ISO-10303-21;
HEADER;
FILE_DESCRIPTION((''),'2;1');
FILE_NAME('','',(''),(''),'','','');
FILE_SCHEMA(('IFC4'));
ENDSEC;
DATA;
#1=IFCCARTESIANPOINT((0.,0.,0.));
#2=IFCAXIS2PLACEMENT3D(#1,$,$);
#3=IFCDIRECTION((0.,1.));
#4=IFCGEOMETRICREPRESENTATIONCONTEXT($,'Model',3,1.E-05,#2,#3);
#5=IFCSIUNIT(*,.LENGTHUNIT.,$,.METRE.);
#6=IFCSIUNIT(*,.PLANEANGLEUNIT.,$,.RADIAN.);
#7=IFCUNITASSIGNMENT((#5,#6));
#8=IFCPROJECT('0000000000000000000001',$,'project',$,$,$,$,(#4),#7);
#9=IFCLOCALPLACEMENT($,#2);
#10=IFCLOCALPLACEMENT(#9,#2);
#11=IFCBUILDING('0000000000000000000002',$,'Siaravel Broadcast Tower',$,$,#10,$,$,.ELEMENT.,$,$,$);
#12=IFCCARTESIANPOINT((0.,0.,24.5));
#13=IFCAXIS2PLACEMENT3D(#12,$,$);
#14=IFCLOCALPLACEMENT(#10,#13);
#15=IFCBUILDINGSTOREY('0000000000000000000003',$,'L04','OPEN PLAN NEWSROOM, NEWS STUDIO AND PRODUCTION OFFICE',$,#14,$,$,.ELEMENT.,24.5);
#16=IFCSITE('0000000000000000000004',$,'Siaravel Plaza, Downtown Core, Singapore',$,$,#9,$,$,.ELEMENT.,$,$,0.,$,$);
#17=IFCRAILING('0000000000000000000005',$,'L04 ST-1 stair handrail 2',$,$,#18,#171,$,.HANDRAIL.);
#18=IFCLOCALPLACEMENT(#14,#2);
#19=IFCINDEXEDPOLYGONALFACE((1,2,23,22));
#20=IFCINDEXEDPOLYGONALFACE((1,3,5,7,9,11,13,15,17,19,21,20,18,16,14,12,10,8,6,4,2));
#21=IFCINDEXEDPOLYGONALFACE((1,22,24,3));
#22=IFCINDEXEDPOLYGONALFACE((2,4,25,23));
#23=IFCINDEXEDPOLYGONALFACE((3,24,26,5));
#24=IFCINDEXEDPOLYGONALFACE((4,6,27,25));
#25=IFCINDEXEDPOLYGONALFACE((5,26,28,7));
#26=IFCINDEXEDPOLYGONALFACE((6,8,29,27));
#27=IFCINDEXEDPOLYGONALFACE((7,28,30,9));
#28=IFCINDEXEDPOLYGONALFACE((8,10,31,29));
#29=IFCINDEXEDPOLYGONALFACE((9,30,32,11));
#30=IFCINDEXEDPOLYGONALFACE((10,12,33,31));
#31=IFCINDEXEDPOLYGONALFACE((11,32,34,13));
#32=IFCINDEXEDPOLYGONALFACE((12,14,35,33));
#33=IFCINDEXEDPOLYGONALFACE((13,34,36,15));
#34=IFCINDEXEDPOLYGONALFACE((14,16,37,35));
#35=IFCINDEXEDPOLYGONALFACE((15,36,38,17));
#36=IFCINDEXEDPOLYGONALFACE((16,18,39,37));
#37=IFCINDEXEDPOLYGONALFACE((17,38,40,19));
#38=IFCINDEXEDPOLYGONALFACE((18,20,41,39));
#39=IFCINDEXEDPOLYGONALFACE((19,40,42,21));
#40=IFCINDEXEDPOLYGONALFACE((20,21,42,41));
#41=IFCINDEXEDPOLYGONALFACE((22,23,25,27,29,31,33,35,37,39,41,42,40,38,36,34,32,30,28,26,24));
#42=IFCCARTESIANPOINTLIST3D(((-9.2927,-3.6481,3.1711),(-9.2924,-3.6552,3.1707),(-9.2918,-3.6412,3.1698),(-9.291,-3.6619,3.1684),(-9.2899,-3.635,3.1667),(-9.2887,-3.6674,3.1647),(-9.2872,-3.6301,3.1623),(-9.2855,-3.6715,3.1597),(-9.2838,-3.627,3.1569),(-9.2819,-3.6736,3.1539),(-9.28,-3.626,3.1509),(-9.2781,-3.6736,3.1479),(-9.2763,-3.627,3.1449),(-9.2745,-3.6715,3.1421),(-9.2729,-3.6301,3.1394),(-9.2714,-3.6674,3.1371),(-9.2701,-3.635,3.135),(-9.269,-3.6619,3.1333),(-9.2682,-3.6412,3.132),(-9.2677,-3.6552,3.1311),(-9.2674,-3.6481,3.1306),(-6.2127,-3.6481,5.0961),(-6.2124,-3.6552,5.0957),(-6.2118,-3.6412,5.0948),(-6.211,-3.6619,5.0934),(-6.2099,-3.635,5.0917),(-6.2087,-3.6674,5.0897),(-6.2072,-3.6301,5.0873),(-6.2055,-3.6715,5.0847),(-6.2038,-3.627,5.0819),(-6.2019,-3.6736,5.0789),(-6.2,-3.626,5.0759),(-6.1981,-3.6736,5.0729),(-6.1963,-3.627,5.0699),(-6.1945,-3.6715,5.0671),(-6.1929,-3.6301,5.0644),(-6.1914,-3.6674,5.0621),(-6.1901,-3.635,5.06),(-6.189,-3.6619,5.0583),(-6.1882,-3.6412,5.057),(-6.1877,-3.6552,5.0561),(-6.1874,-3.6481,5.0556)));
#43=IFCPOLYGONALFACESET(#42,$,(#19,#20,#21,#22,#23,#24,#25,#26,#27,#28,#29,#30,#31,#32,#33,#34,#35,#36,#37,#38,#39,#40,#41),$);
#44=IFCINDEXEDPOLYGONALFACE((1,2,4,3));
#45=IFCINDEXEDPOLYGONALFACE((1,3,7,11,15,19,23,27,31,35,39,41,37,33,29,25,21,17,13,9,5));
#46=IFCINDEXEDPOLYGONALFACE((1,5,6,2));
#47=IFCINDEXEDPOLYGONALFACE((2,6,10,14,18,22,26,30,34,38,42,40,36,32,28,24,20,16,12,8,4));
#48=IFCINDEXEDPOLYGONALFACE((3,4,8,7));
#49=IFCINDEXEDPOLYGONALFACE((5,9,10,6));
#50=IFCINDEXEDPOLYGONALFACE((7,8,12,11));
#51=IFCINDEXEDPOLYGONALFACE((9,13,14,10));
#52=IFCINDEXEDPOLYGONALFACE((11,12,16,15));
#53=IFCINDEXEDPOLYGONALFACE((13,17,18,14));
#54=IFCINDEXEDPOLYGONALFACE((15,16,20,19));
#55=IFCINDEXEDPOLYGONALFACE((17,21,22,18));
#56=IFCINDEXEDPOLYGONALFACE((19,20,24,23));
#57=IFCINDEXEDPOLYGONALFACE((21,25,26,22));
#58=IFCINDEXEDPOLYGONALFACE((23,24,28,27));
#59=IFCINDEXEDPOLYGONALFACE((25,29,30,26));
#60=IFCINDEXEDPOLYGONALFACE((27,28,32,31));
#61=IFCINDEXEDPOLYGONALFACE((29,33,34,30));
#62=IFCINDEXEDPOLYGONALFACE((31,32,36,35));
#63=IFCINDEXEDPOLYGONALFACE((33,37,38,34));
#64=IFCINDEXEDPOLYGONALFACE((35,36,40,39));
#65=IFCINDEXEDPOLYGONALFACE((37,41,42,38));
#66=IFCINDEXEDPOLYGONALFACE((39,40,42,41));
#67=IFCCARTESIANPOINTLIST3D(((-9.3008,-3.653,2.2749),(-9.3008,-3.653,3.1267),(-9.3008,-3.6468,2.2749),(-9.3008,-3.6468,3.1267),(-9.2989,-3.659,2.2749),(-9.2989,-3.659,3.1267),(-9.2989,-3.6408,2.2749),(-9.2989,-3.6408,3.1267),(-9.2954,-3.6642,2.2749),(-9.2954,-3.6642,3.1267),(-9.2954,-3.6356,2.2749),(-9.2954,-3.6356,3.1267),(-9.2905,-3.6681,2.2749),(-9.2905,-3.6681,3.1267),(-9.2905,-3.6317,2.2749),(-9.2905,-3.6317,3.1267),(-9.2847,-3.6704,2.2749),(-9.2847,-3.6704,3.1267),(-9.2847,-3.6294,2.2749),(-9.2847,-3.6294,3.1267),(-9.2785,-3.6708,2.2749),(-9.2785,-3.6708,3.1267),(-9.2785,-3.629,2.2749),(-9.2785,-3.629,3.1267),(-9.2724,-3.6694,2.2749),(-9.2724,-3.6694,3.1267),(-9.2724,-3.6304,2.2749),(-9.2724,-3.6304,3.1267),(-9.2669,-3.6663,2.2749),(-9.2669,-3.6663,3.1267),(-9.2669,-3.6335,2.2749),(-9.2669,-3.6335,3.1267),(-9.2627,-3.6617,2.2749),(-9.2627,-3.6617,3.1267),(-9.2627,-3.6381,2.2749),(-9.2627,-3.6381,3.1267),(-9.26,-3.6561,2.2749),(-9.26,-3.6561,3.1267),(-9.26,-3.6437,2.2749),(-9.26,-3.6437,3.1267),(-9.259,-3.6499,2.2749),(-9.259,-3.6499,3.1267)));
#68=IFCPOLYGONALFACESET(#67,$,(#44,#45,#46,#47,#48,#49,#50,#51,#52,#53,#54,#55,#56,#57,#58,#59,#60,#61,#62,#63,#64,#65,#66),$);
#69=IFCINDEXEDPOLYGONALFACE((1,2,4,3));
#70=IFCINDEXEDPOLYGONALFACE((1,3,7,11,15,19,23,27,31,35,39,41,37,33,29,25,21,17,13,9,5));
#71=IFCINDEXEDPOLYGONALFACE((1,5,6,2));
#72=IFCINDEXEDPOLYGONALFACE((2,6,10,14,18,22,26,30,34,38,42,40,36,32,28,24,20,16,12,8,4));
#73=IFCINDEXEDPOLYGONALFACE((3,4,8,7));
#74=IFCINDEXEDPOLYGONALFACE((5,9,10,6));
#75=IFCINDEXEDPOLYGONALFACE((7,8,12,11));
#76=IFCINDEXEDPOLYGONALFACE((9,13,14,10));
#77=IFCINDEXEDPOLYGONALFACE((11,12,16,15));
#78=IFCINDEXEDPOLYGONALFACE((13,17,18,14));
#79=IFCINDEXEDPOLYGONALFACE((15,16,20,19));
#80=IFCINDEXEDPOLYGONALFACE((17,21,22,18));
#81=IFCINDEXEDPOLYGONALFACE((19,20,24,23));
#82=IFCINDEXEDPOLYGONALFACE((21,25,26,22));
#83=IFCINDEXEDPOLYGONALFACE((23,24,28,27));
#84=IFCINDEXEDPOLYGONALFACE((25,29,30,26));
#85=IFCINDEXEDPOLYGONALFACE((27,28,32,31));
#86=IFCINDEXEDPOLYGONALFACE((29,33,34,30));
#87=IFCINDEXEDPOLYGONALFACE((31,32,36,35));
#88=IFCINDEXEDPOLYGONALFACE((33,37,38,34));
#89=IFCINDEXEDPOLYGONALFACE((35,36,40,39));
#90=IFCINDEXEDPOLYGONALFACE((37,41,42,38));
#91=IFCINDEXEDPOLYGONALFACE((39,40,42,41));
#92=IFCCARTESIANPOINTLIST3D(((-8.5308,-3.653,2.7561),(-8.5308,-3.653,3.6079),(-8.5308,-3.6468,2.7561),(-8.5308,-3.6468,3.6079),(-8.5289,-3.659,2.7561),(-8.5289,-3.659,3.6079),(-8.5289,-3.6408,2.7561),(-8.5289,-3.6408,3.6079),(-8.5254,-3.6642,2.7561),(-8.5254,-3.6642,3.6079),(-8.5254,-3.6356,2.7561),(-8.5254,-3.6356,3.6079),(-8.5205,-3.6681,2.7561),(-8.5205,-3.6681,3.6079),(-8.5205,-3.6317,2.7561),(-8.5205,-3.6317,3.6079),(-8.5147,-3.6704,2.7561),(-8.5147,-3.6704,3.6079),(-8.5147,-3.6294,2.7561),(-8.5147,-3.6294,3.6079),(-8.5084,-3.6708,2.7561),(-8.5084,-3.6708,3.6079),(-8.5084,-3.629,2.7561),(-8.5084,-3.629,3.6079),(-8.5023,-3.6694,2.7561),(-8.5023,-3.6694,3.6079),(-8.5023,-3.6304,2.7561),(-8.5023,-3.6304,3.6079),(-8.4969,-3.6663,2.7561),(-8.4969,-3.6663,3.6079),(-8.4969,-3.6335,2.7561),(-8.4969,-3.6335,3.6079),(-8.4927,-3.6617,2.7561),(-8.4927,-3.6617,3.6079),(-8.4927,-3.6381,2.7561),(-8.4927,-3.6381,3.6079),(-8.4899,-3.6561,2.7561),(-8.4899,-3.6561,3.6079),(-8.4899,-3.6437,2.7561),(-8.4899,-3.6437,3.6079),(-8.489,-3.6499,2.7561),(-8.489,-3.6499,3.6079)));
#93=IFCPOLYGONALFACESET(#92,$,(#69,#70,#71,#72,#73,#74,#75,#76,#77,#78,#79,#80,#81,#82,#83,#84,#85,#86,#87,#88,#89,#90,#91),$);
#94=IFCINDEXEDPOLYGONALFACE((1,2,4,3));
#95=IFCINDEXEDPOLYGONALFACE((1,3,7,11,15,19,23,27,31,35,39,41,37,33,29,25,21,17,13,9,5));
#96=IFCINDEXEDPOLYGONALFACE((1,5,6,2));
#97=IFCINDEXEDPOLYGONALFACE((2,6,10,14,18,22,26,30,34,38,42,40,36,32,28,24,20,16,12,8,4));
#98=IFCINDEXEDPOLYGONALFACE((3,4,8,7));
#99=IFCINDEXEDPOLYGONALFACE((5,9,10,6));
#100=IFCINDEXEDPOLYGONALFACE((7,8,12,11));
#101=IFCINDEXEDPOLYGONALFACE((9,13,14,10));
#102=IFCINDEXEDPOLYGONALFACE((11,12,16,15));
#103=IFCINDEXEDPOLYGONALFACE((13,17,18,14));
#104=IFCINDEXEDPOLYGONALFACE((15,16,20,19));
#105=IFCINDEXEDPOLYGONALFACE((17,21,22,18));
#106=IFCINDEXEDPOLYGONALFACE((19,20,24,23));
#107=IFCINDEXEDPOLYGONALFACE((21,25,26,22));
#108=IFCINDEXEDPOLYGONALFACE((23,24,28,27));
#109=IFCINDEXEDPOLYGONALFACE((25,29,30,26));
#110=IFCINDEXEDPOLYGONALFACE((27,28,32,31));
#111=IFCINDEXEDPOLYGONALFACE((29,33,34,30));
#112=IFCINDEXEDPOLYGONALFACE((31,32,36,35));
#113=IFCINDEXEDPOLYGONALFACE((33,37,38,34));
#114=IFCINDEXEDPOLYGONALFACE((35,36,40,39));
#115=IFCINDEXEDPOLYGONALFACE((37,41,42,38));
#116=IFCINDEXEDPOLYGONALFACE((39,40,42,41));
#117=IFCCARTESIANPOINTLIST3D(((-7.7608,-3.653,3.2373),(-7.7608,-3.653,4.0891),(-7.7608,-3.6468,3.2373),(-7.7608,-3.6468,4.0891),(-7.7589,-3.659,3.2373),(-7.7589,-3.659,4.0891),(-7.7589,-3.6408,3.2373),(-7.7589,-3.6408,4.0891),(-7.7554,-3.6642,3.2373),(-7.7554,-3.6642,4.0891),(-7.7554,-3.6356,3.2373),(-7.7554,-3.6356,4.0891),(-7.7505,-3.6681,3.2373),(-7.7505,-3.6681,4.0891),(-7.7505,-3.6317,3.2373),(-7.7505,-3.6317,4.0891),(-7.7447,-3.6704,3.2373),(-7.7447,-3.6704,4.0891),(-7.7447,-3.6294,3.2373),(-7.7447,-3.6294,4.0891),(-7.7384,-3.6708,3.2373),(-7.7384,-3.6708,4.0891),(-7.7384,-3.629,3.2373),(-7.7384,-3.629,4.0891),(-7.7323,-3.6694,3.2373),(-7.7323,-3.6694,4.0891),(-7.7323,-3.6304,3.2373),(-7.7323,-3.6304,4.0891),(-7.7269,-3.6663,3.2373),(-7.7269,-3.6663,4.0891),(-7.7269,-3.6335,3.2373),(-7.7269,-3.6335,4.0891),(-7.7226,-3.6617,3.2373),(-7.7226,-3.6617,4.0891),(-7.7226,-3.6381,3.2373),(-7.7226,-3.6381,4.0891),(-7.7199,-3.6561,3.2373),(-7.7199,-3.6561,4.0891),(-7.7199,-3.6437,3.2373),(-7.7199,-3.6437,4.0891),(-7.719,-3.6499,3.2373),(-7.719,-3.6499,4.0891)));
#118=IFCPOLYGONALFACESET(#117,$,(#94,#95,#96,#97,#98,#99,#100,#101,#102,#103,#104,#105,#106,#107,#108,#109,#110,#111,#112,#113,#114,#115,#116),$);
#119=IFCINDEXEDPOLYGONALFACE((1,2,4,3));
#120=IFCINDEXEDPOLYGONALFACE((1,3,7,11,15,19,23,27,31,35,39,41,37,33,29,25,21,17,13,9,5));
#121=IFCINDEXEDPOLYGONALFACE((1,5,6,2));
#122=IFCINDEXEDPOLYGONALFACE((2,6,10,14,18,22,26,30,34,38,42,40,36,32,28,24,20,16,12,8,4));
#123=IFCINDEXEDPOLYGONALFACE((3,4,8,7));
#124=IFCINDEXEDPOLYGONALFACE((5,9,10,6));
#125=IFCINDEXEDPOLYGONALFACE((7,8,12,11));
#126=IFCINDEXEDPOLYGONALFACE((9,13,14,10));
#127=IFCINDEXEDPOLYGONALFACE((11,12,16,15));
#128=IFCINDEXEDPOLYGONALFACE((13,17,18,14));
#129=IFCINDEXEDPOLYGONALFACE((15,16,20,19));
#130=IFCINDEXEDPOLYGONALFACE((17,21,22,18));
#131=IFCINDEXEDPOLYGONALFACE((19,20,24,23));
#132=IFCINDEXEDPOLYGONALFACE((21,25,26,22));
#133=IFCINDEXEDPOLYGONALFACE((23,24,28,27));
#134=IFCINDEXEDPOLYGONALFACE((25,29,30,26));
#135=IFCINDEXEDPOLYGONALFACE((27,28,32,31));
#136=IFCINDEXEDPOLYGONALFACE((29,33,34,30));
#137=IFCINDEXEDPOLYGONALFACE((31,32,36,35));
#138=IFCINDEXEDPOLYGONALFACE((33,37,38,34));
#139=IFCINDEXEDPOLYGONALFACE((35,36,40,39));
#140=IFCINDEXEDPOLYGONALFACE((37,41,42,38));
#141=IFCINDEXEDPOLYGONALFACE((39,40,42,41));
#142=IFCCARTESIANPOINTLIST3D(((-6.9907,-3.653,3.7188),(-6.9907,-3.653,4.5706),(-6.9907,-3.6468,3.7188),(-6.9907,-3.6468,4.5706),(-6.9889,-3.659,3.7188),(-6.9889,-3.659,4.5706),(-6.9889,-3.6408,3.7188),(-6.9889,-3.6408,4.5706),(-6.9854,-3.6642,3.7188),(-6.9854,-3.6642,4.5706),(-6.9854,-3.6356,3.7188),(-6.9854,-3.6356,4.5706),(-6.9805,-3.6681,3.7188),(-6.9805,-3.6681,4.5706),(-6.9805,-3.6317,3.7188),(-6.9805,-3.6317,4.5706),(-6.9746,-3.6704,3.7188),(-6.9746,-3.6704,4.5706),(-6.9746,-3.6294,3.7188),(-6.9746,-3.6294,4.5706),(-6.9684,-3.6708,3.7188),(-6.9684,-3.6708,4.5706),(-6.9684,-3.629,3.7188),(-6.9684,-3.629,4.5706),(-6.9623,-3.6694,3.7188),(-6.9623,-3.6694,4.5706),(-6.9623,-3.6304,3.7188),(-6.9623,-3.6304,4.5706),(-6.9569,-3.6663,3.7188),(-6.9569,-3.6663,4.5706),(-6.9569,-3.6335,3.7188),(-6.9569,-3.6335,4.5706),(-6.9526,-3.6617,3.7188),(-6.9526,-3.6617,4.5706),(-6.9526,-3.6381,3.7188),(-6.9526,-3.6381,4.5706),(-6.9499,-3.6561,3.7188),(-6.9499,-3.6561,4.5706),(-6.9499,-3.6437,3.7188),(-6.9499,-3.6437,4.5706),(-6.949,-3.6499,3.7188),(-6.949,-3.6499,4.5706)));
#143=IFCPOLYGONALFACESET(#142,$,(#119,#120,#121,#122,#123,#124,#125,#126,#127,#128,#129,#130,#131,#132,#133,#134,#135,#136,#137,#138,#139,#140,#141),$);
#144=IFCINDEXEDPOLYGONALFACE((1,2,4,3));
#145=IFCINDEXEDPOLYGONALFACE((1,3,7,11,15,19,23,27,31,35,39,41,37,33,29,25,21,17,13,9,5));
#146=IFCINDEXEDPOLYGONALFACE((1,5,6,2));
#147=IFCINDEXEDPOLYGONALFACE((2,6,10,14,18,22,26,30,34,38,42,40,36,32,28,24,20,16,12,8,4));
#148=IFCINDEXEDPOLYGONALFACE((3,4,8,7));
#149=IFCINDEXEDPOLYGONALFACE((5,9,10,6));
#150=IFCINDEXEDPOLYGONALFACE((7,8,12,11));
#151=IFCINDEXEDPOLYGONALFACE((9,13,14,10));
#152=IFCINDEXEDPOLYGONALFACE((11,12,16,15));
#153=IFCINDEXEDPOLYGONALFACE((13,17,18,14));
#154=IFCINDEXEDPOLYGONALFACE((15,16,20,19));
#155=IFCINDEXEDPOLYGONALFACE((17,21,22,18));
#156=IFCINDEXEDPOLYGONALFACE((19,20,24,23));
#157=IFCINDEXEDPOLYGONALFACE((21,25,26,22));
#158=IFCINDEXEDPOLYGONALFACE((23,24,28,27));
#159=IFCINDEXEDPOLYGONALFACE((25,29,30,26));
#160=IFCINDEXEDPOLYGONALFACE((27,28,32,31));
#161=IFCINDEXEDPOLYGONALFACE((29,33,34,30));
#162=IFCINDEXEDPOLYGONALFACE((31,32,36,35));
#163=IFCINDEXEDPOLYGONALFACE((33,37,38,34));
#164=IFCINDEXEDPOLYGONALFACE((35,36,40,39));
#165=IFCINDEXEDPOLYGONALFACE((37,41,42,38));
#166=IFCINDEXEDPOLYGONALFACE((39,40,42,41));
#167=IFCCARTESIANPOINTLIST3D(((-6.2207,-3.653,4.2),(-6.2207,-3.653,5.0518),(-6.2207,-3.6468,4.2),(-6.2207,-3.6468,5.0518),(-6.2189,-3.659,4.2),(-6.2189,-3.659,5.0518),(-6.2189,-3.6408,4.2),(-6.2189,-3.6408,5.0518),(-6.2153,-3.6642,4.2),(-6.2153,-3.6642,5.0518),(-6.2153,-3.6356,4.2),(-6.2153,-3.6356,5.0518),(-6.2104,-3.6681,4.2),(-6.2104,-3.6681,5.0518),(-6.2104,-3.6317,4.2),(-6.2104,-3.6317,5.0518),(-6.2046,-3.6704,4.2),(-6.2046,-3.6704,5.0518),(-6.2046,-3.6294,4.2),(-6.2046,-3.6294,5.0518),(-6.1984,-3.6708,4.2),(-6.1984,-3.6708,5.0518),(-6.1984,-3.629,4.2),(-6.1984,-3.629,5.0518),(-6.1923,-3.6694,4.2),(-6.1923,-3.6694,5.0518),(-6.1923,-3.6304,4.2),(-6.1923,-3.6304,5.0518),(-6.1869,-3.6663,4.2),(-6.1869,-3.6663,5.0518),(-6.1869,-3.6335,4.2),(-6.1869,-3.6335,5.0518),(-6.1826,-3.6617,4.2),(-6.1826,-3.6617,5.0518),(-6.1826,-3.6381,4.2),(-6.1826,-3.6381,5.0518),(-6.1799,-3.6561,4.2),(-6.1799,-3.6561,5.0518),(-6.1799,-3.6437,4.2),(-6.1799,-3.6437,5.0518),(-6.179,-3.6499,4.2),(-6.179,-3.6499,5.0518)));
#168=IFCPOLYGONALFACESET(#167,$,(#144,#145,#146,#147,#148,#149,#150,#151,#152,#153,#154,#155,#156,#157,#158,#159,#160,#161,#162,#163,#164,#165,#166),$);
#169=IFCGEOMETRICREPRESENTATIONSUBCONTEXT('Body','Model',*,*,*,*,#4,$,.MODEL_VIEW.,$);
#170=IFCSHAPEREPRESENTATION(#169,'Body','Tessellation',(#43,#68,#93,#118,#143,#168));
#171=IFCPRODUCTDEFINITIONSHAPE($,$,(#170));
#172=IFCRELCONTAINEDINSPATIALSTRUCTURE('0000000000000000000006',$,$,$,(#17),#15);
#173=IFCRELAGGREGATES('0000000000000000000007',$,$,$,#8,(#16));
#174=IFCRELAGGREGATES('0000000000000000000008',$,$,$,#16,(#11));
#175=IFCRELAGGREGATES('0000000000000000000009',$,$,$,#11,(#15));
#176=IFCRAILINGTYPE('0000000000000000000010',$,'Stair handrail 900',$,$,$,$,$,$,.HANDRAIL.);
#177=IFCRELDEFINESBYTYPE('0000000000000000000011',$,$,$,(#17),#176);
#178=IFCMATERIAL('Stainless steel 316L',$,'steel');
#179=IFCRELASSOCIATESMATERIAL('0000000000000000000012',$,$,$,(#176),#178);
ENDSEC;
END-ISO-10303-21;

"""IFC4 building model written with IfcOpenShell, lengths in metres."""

from ifc_helpers import new_model, si_unit, direction, frame, origin, origin_2d, place, context, subcontext, project, spatial, circle, extrude, material, type_object, element, save


model = new_model("IFC4")

# Units and contexts
model_context = context("Model", 3, precision=1e-05, world=origin(), true_north=direction((0.0, 1.0)))
body_context = subcontext(model_context, "Body", "Model", "MODEL_VIEW")
ifc_project = project(units=[si_unit("LENGTHUNIT", "METRE"), si_unit("PLANEANGLEUNIT", "RADIAN")], contexts=[model_context])

# Site, building, storey
site_placement = place(None, origin())
site = spatial("IfcSite", under=ifc_project, at=site_placement, Name="Siaravel Plaza, Downtown Core, Singapore", CompositionType="ELEMENT", RefElevation=0.0)
building_placement = place(site_placement, origin())
building = spatial("IfcBuilding", under=site, at=building_placement, Name="Siaravel Broadcast Tower", CompositionType="ELEMENT")
storey_placement = place(building_placement, frame((0.0, 0.0, 24.5)))
storey = spatial("IfcBuildingStorey", under=building, at=storey_placement, Name="L04", Description="OPEN PLAN NEWSROOM, NEWS STUDIO AND PRODUCTION OFFICE", CompositionType="ELEMENT", Elevation=24.5)

# Railing
ifc_material_1 = material(Name="Stainless steel 316L", Category="steel")
railing_type_1 = type_object("IfcRailingType", Name="Stair handrail 900", PredefinedType="HANDRAIL", material=ifc_material_1)
railing_1_placement = place(storey_placement, frame((-9.28, -3.6499, 2.2749)))
element("IfcRailing", 1, at=railing_1_placement, inside=storey, type_object=railing_type_1, Name="L04 ST-1 stair handrail 2", PredefinedType="HANDRAIL", context=body_context, shape_type="SweptSolid", body=[
    extrude(circle(Radius=0.0239, at=origin_2d()), frame((0.0, 0.0, 0.876), z_axis=(0.847998, 0.0, 0.529999), x_axis=(0.0, 1.0, 0.0)), (0.0, 0.0, 1.0), 3.6321),
    extrude(circle(Radius=0.021, at=origin_2d()), origin(), (0.0, 0.0, 1.0), 0.8518),
    extrude(circle(Radius=0.021, at=origin_2d()), frame((0.77, 0.0, 0.4812)), (0.0, 0.0, 1.0), 0.8518),
    extrude(circle(Radius=0.021, at=origin_2d()), frame((1.54, 0.0, 0.9624)), (0.0, 0.0, 1.0), 0.8518),
    extrude(circle(Radius=0.021, at=origin_2d()), frame((2.3101, 0.0, 1.4438)), (0.0, 0.0, 1.0), 0.8518),
    extrude(circle(Radius=0.021, at=origin_2d()), frame((3.0801, 0.0, 1.925)), (0.0, 0.0, 1.0), 0.8518),
])

save(model, "model.ifc")
